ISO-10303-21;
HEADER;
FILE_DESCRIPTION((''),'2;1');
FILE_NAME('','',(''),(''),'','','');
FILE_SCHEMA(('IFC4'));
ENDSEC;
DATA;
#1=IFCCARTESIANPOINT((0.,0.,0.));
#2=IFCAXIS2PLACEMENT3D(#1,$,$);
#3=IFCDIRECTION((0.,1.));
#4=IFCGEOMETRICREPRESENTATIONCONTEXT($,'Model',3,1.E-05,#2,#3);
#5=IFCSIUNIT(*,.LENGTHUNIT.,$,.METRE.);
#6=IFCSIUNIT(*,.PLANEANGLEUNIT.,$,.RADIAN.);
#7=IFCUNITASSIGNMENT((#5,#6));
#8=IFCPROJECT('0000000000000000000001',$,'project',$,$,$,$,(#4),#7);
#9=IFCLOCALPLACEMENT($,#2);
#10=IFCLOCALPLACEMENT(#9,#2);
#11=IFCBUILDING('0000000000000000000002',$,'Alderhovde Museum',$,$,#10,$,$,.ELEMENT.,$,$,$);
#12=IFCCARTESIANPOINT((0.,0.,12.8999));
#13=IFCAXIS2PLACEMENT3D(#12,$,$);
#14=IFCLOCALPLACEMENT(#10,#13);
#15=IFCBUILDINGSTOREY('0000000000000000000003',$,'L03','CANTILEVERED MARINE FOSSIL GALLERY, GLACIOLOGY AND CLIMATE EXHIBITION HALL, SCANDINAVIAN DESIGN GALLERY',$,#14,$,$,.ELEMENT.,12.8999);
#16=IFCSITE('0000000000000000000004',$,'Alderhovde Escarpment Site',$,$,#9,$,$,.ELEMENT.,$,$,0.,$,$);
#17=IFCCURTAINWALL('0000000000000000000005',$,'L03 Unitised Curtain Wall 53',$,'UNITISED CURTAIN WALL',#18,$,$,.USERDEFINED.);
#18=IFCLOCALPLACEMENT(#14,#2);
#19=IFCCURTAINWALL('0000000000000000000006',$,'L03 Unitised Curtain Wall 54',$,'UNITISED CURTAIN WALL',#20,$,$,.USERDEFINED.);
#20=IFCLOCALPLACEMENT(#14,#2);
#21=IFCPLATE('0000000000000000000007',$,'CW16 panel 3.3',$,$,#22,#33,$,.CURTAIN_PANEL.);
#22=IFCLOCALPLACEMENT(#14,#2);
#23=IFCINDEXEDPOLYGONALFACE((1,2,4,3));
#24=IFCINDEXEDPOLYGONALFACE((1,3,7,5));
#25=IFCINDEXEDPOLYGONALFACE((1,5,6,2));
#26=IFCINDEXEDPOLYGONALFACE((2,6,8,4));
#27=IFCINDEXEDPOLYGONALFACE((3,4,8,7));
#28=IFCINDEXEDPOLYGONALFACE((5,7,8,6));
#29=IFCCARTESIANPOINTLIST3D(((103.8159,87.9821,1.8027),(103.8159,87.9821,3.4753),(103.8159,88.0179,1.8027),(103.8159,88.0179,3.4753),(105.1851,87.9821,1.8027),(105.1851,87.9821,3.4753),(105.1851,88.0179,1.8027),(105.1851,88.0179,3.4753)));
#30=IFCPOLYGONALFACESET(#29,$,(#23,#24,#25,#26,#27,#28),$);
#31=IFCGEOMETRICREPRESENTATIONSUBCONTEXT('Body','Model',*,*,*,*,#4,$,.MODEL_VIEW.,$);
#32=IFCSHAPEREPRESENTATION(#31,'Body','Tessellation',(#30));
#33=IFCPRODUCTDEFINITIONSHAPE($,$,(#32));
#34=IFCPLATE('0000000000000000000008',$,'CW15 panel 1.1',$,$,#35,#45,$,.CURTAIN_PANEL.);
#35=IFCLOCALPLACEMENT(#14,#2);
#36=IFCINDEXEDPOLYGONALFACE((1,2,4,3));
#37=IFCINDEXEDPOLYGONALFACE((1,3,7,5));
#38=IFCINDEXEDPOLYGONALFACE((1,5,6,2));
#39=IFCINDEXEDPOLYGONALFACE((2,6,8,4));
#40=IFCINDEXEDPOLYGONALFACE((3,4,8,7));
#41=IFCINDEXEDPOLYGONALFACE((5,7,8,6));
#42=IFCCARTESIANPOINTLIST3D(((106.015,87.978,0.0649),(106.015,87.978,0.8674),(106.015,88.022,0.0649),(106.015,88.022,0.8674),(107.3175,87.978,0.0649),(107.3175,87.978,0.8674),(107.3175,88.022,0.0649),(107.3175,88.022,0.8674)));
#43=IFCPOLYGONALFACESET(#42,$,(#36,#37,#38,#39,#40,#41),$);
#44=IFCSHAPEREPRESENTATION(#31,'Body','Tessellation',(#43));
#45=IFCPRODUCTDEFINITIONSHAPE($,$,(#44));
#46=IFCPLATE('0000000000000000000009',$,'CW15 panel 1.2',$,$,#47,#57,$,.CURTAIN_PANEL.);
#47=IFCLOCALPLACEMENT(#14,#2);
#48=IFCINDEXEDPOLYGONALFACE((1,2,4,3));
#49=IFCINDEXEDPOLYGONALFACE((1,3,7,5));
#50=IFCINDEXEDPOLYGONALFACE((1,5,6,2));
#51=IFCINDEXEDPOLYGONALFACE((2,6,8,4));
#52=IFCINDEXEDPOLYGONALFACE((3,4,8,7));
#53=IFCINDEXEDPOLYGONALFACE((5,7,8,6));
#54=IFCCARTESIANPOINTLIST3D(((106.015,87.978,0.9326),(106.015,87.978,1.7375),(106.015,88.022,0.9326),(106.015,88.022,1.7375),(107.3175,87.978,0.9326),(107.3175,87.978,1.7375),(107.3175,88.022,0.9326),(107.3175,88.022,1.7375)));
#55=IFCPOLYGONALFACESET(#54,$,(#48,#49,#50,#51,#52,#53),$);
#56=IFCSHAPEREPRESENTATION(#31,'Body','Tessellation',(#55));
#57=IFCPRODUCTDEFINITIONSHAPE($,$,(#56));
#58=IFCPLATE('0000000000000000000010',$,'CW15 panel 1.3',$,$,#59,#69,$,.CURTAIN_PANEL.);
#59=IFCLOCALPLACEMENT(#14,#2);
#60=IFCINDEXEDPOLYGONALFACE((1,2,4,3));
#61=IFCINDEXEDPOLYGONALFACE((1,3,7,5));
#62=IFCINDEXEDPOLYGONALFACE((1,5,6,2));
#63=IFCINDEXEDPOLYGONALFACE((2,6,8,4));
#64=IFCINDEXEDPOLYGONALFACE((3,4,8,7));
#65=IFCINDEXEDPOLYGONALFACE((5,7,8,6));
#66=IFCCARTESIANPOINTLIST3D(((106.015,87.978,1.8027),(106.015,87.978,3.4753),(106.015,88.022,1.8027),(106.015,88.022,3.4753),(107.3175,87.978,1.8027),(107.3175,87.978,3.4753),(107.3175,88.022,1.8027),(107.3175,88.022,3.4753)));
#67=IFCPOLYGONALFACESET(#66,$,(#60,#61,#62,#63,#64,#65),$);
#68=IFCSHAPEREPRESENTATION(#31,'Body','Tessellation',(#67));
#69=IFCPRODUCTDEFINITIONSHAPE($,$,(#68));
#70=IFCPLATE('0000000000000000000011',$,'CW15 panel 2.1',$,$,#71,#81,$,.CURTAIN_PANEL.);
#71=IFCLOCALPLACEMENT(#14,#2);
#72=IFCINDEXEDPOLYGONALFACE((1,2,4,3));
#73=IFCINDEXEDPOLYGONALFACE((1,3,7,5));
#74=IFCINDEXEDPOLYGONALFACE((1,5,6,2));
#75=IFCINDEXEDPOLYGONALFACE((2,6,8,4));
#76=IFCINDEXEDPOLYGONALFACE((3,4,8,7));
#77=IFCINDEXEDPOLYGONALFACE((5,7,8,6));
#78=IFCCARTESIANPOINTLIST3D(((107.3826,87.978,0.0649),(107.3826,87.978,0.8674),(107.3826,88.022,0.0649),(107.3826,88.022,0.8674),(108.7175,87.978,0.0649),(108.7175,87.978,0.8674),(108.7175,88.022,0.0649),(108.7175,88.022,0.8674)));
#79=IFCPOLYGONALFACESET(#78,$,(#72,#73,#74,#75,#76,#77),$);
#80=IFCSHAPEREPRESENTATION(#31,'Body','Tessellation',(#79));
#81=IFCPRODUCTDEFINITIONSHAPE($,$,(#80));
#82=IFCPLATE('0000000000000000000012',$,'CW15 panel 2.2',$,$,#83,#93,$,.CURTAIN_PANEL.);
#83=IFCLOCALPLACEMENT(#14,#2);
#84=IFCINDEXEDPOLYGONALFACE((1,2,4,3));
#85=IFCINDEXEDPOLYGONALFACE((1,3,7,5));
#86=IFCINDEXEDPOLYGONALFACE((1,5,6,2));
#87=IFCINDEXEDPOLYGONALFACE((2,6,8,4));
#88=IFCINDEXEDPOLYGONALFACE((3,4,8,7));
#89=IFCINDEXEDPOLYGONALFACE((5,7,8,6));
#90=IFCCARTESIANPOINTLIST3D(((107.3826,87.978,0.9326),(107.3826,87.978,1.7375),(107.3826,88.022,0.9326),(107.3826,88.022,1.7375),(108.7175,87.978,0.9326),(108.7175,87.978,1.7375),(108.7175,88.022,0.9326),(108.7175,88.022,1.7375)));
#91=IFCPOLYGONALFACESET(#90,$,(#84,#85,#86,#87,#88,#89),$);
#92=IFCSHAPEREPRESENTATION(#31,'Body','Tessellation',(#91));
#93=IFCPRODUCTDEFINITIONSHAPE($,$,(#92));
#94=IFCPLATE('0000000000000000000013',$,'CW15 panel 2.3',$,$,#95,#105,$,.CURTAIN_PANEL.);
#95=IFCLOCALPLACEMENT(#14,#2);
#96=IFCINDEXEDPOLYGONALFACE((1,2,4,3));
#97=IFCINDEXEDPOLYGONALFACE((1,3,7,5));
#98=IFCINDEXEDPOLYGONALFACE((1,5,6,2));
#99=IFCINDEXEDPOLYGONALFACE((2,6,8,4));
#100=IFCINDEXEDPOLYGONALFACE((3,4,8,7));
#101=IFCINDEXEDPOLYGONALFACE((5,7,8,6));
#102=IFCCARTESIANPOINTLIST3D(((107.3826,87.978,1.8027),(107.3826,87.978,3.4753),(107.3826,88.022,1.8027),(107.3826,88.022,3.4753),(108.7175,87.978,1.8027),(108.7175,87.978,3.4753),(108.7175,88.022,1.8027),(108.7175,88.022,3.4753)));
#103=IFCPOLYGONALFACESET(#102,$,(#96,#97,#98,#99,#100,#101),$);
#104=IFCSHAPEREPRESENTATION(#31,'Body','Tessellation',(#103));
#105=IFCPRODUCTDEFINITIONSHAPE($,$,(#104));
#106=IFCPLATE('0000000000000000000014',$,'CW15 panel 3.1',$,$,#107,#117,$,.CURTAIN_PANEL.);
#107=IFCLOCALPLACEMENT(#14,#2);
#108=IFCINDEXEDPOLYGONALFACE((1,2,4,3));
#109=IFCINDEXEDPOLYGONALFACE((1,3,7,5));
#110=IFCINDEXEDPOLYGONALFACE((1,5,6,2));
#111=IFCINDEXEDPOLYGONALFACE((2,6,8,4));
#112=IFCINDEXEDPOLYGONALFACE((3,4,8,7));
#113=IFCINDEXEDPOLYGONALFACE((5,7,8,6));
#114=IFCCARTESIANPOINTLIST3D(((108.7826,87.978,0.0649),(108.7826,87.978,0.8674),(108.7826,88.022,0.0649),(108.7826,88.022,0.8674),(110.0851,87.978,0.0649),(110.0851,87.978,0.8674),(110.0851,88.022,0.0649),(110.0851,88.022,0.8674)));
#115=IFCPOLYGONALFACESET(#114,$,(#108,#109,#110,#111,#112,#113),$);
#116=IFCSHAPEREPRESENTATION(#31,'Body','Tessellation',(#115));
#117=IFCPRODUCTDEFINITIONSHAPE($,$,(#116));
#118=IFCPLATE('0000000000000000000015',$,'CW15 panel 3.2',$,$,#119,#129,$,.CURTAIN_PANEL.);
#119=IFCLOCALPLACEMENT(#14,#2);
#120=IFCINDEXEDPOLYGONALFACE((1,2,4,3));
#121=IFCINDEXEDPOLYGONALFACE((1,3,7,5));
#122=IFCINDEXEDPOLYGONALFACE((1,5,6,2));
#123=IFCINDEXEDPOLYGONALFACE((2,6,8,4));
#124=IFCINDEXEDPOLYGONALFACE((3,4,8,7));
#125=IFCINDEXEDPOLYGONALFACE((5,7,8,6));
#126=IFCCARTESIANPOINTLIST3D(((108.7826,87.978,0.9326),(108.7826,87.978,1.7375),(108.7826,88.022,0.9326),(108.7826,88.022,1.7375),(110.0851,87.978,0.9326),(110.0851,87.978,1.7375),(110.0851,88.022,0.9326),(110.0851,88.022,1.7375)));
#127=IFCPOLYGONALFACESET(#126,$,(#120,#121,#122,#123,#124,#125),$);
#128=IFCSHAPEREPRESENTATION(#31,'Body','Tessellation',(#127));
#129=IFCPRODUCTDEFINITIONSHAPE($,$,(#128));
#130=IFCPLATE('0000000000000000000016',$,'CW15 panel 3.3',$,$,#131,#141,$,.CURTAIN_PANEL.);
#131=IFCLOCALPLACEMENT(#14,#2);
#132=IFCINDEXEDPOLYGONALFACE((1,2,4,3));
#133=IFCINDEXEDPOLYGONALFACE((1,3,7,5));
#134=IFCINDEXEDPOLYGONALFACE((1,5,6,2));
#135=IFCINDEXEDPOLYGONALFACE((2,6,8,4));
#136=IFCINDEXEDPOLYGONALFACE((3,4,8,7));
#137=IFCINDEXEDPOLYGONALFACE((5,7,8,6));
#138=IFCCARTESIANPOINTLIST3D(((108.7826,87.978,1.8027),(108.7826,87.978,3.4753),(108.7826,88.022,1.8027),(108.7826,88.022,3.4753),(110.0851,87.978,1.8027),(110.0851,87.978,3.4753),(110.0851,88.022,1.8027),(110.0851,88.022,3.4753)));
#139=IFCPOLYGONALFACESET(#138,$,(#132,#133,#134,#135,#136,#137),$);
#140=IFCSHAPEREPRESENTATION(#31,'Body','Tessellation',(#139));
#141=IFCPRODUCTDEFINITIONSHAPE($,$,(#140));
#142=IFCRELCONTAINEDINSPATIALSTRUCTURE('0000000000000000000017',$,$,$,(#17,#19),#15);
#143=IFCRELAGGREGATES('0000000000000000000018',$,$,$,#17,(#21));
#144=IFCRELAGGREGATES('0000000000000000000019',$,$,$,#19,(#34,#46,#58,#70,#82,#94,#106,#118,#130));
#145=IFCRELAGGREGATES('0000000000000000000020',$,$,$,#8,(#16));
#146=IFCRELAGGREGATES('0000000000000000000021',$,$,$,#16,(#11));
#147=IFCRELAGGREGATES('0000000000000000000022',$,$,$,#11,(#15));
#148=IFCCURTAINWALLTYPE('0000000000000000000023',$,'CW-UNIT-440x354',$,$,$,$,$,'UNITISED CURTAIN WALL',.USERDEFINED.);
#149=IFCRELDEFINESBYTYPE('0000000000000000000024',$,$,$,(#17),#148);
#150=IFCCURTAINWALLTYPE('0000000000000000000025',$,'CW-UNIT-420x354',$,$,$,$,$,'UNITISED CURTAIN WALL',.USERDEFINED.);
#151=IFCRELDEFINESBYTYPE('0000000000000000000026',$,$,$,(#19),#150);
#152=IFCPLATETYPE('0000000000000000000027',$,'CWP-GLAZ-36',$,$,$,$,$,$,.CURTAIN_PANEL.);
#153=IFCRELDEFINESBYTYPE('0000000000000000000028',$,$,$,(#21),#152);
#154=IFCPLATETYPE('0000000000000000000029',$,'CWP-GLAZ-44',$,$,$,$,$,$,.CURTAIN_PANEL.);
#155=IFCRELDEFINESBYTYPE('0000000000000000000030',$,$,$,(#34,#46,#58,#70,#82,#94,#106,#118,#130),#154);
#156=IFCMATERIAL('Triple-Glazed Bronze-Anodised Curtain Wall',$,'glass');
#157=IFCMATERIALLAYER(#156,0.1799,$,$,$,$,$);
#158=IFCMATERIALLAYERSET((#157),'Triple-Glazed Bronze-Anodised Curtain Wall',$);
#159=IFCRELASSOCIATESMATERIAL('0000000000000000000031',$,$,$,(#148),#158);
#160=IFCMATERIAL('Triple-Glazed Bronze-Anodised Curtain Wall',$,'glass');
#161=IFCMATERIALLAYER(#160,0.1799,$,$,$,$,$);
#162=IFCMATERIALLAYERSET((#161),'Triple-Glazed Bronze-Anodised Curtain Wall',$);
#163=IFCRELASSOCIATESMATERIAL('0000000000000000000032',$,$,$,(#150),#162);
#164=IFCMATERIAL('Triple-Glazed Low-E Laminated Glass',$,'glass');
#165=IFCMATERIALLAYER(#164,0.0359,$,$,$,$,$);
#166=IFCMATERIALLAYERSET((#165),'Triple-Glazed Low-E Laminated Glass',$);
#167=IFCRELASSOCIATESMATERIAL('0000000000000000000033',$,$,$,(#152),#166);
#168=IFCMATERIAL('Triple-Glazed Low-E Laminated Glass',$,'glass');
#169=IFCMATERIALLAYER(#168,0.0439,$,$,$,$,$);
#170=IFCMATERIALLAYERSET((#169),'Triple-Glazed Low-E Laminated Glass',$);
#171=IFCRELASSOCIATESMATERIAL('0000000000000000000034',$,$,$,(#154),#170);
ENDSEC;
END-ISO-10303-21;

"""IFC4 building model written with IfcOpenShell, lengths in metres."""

from ifc_helpers import new_model, si_unit, direction, frame, origin, origin_2d, place, context, subcontext, project, spatial, rectangle, extrude, material, layer, layer_set, type_object, element, aggregate, save


model = new_model("IFC4")

# Units and contexts
model_context = context("Model", 3, precision=1e-05, world=origin(), true_north=direction((0.0, 1.0)))
body_context = subcontext(model_context, "Body", "Model", "MODEL_VIEW")
ifc_project = project(units=[si_unit("LENGTHUNIT", "METRE"), si_unit("PLANEANGLEUNIT", "RADIAN")], contexts=[model_context])

# Site, building, storey
site_placement = place(None, origin())
site = spatial("IfcSite", under=ifc_project, at=site_placement, Name="Alderhovde Escarpment Site", CompositionType="ELEMENT", RefElevation=0.0)
building_placement = place(site_placement, origin())
building = spatial("IfcBuilding", under=site, at=building_placement, Name="Alderhovde Museum", CompositionType="ELEMENT")
storey_placement = place(building_placement, frame((0.0, 0.0, 12.8999)))
storey = spatial("IfcBuildingStorey", under=building, at=storey_placement, Name="L03", Description="CANTILEVERED MARINE FOSSIL GALLERY, GLACIOLOGY AND CLIMATE EXHIBITION HALL, SCANDINAVIAN DESIGN GALLERY", CompositionType="ELEMENT", Elevation=12.8999)

# Curtain wall
ifc_material_1 = material(Name="Triple-Glazed Bronze-Anodised Curtain Wall", Category="glass")
ifc_layer_1 = layer(ifc_material_1, 0.1799)
ifc_layer_set_1 = layer_set([ifc_layer_1], Name="Triple-Glazed Bronze-Anodised Curtain Wall")
curtain_wall_type_1 = type_object("IfcCurtainWallType", Name="CW-UNIT-440x354", ElementType="UNITISED CURTAIN WALL", PredefinedType="USERDEFINED", material=ifc_layer_set_1)
curtain_wall_1_placement = place(storey_placement, origin())
curtain_wall_1 = element("IfcCurtainWall", 1, at=curtain_wall_1_placement, inside=storey, type_object=curtain_wall_type_1, Name="L03 Unitised Curtain Wall 53", ObjectType="UNITISED CURTAIN WALL", PredefinedType="USERDEFINED")

# Curtain wall
ifc_material_2 = material(Name="Triple-Glazed Bronze-Anodised Curtain Wall", Category="glass")
ifc_layer_2 = layer(ifc_material_2, 0.1799)
ifc_layer_set_2 = layer_set([ifc_layer_2], Name="Triple-Glazed Bronze-Anodised Curtain Wall")
curtain_wall_type_2 = type_object("IfcCurtainWallType", Name="CW-UNIT-420x354", ElementType="UNITISED CURTAIN WALL", PredefinedType="USERDEFINED", material=ifc_layer_set_2)
curtain_wall_2_placement = place(storey_placement, origin())
curtain_wall_2 = element("IfcCurtainWall", 2, at=curtain_wall_2_placement, inside=storey, type_object=curtain_wall_type_2, Name="L03 Unitised Curtain Wall 54", ObjectType="UNITISED CURTAIN WALL", PredefinedType="USERDEFINED")

# Plates
ifc_material_3 = material(Name="Triple-Glazed Low-E Laminated Glass", Category="glass")
ifc_layer_3 = layer(ifc_material_3, 0.0359)
ifc_layer_set_3 = layer_set([ifc_layer_3], Name="Triple-Glazed Low-E Laminated Glass")
plate_type_1 = type_object("IfcPlateType", Name="CWP-GLAZ-36", PredefinedType="CURTAIN_PANEL", material=ifc_layer_set_3)
plate_1_placement = place(storey_placement, frame((104.5005, 88.0, 1.8027), z_axis=(0.0, 0.0, 1.0), x_axis=(1.0, 0.0, 0.0)))
plate_1 = element("IfcPlate", 3, at=plate_1_placement, type_object=plate_type_1, Name="CW16 panel 3.3", PredefinedType="CURTAIN_PANEL", context=body_context, shape_type="SweptSolid", body=[
    extrude(rectangle(XDim=1.3691, YDim=0.0359, at=origin_2d()), origin(), (0.0, 0.0, 1.0), 1.6726),
])
aggregate(curtain_wall_1, [plate_1])
ifc_material_4 = material(Name="Triple-Glazed Low-E Laminated Glass", Category="glass")
ifc_layer_4 = layer(ifc_material_4, 0.0439)
ifc_layer_set_4 = layer_set([ifc_layer_4], Name="Triple-Glazed Low-E Laminated Glass")
plate_type_2 = type_object("IfcPlateType", Name="CWP-GLAZ-44", PredefinedType="CURTAIN_PANEL", material=ifc_layer_set_4)
plate_2_placement = place(storey_placement, frame((106.6663, 88.0, 0.0649), z_axis=(0.0, 0.0, 1.0), x_axis=(1.0, 0.0, 0.0)))
plate_2 = element("IfcPlate", 4, at=plate_2_placement, type_object=plate_type_2, Name="CW15 panel 1.1", PredefinedType="CURTAIN_PANEL", context=body_context, shape_type="SweptSolid", body=[
    extrude(rectangle(XDim=1.3025, YDim=0.0439, at=origin_2d()), origin(), (0.0, 0.0, 1.0), 0.8025),
])
plate_3_placement = place(storey_placement, frame((106.6663, 88.0, 0.9326), z_axis=(0.0, 0.0, 1.0), x_axis=(1.0, 0.0, 0.0)))
plate_3 = element("IfcPlate", 5, at=plate_3_placement, type_object=plate_type_2, Name="CW15 panel 1.2", PredefinedType="CURTAIN_PANEL", context=body_context, shape_type="SweptSolid", body=[
    extrude(rectangle(XDim=1.3025, YDim=0.0439, at=origin_2d()), origin(), (0.0, 0.0, 1.0), 0.8049),
])
plate_4_placement = place(storey_placement, frame((106.6663, 88.0, 1.8027), z_axis=(0.0, 0.0, 1.0), x_axis=(1.0, 0.0, 0.0)))
plate_4 = element("IfcPlate", 6, at=plate_4_placement, type_object=plate_type_2, Name="CW15 panel 1.3", PredefinedType="CURTAIN_PANEL", context=body_context, shape_type="SweptSolid", body=[
    extrude(rectangle(XDim=1.3025, YDim=0.0439, at=origin_2d()), origin(), (0.0, 0.0, 1.0), 1.6726),
])
plate_5_placement = place(storey_placement, frame((108.05, 88.0, 0.0649), z_axis=(0.0, 0.0, 1.0), x_axis=(1.0, 0.0, 0.0)))
plate_5 = element("IfcPlate", 7, at=plate_5_placement, type_object=plate_type_2, Name="CW15 panel 2.1", PredefinedType="CURTAIN_PANEL", context=body_context, shape_type="SweptSolid", body=[
    extrude(rectangle(XDim=1.335, YDim=0.0439, at=origin_2d()), origin(), (0.0, 0.0, 1.0), 0.8025),
])
plate_6_placement = place(storey_placement, frame((108.05, 88.0, 0.9326), z_axis=(0.0, 0.0, 1.0), x_axis=(1.0, 0.0, 0.0)))
plate_6 = element("IfcPlate", 8, at=plate_6_placement, type_object=plate_type_2, Name="CW15 panel 2.2", PredefinedType="CURTAIN_PANEL", context=body_context, shape_type="SweptSolid", body=[
    extrude(rectangle(XDim=1.335, YDim=0.0439, at=origin_2d()), origin(), (0.0, 0.0, 1.0), 0.8049),
])
plate_7_placement = place(storey_placement, frame((108.05, 88.0, 1.8027), z_axis=(0.0, 0.0, 1.0), x_axis=(1.0, 0.0, 0.0)))
plate_7 = element("IfcPlate", 9, at=plate_7_placement, type_object=plate_type_2, Name="CW15 panel 2.3", PredefinedType="CURTAIN_PANEL", context=body_context, shape_type="SweptSolid", body=[
    extrude(rectangle(XDim=1.335, YDim=0.0439, at=origin_2d()), origin(), (0.0, 0.0, 1.0), 1.6726),
])
plate_8_placement = place(storey_placement, frame((109.4338, 88.0, 0.0649), z_axis=(0.0, 0.0, 1.0), x_axis=(1.0, 0.0, 0.0)))
plate_8 = element("IfcPlate", 10, at=plate_8_placement, type_object=plate_type_2, Name="CW15 panel 3.1", PredefinedType="CURTAIN_PANEL", context=body_context, shape_type="SweptSolid", body=[
    extrude(rectangle(XDim=1.3025, YDim=0.0439, at=origin_2d()), origin(), (0.0, 0.0, 1.0), 0.8025),
])
plate_9_placement = place(storey_placement, frame((109.4338, 88.0, 0.9326), z_axis=(0.0, 0.0, 1.0), x_axis=(1.0, 0.0, 0.0)))
plate_9 = element("IfcPlate", 11, at=plate_9_placement, type_object=plate_type_2, Name="CW15 panel 3.2", PredefinedType="CURTAIN_PANEL", context=body_context, shape_type="SweptSolid", body=[
    extrude(rectangle(XDim=1.3025, YDim=0.0439, at=origin_2d()), origin(), (0.0, 0.0, 1.0), 0.8049),
])
plate_10_placement = place(storey_placement, frame((109.4338, 88.0, 1.8027), z_axis=(0.0, 0.0, 1.0), x_axis=(1.0, 0.0, 0.0)))
plate_10 = element("IfcPlate", 12, at=plate_10_placement, type_object=plate_type_2, Name="CW15 panel 3.3", PredefinedType="CURTAIN_PANEL", context=body_context, shape_type="SweptSolid", body=[
    extrude(rectangle(XDim=1.3025, YDim=0.0439, at=origin_2d()), origin(), (0.0, 0.0, 1.0), 1.6726),
])
aggregate(curtain_wall_2, [plate_2, plate_3, plate_4, plate_5, plate_6, plate_7, plate_8, plate_9, plate_10])

save(model, "model.ifc")
